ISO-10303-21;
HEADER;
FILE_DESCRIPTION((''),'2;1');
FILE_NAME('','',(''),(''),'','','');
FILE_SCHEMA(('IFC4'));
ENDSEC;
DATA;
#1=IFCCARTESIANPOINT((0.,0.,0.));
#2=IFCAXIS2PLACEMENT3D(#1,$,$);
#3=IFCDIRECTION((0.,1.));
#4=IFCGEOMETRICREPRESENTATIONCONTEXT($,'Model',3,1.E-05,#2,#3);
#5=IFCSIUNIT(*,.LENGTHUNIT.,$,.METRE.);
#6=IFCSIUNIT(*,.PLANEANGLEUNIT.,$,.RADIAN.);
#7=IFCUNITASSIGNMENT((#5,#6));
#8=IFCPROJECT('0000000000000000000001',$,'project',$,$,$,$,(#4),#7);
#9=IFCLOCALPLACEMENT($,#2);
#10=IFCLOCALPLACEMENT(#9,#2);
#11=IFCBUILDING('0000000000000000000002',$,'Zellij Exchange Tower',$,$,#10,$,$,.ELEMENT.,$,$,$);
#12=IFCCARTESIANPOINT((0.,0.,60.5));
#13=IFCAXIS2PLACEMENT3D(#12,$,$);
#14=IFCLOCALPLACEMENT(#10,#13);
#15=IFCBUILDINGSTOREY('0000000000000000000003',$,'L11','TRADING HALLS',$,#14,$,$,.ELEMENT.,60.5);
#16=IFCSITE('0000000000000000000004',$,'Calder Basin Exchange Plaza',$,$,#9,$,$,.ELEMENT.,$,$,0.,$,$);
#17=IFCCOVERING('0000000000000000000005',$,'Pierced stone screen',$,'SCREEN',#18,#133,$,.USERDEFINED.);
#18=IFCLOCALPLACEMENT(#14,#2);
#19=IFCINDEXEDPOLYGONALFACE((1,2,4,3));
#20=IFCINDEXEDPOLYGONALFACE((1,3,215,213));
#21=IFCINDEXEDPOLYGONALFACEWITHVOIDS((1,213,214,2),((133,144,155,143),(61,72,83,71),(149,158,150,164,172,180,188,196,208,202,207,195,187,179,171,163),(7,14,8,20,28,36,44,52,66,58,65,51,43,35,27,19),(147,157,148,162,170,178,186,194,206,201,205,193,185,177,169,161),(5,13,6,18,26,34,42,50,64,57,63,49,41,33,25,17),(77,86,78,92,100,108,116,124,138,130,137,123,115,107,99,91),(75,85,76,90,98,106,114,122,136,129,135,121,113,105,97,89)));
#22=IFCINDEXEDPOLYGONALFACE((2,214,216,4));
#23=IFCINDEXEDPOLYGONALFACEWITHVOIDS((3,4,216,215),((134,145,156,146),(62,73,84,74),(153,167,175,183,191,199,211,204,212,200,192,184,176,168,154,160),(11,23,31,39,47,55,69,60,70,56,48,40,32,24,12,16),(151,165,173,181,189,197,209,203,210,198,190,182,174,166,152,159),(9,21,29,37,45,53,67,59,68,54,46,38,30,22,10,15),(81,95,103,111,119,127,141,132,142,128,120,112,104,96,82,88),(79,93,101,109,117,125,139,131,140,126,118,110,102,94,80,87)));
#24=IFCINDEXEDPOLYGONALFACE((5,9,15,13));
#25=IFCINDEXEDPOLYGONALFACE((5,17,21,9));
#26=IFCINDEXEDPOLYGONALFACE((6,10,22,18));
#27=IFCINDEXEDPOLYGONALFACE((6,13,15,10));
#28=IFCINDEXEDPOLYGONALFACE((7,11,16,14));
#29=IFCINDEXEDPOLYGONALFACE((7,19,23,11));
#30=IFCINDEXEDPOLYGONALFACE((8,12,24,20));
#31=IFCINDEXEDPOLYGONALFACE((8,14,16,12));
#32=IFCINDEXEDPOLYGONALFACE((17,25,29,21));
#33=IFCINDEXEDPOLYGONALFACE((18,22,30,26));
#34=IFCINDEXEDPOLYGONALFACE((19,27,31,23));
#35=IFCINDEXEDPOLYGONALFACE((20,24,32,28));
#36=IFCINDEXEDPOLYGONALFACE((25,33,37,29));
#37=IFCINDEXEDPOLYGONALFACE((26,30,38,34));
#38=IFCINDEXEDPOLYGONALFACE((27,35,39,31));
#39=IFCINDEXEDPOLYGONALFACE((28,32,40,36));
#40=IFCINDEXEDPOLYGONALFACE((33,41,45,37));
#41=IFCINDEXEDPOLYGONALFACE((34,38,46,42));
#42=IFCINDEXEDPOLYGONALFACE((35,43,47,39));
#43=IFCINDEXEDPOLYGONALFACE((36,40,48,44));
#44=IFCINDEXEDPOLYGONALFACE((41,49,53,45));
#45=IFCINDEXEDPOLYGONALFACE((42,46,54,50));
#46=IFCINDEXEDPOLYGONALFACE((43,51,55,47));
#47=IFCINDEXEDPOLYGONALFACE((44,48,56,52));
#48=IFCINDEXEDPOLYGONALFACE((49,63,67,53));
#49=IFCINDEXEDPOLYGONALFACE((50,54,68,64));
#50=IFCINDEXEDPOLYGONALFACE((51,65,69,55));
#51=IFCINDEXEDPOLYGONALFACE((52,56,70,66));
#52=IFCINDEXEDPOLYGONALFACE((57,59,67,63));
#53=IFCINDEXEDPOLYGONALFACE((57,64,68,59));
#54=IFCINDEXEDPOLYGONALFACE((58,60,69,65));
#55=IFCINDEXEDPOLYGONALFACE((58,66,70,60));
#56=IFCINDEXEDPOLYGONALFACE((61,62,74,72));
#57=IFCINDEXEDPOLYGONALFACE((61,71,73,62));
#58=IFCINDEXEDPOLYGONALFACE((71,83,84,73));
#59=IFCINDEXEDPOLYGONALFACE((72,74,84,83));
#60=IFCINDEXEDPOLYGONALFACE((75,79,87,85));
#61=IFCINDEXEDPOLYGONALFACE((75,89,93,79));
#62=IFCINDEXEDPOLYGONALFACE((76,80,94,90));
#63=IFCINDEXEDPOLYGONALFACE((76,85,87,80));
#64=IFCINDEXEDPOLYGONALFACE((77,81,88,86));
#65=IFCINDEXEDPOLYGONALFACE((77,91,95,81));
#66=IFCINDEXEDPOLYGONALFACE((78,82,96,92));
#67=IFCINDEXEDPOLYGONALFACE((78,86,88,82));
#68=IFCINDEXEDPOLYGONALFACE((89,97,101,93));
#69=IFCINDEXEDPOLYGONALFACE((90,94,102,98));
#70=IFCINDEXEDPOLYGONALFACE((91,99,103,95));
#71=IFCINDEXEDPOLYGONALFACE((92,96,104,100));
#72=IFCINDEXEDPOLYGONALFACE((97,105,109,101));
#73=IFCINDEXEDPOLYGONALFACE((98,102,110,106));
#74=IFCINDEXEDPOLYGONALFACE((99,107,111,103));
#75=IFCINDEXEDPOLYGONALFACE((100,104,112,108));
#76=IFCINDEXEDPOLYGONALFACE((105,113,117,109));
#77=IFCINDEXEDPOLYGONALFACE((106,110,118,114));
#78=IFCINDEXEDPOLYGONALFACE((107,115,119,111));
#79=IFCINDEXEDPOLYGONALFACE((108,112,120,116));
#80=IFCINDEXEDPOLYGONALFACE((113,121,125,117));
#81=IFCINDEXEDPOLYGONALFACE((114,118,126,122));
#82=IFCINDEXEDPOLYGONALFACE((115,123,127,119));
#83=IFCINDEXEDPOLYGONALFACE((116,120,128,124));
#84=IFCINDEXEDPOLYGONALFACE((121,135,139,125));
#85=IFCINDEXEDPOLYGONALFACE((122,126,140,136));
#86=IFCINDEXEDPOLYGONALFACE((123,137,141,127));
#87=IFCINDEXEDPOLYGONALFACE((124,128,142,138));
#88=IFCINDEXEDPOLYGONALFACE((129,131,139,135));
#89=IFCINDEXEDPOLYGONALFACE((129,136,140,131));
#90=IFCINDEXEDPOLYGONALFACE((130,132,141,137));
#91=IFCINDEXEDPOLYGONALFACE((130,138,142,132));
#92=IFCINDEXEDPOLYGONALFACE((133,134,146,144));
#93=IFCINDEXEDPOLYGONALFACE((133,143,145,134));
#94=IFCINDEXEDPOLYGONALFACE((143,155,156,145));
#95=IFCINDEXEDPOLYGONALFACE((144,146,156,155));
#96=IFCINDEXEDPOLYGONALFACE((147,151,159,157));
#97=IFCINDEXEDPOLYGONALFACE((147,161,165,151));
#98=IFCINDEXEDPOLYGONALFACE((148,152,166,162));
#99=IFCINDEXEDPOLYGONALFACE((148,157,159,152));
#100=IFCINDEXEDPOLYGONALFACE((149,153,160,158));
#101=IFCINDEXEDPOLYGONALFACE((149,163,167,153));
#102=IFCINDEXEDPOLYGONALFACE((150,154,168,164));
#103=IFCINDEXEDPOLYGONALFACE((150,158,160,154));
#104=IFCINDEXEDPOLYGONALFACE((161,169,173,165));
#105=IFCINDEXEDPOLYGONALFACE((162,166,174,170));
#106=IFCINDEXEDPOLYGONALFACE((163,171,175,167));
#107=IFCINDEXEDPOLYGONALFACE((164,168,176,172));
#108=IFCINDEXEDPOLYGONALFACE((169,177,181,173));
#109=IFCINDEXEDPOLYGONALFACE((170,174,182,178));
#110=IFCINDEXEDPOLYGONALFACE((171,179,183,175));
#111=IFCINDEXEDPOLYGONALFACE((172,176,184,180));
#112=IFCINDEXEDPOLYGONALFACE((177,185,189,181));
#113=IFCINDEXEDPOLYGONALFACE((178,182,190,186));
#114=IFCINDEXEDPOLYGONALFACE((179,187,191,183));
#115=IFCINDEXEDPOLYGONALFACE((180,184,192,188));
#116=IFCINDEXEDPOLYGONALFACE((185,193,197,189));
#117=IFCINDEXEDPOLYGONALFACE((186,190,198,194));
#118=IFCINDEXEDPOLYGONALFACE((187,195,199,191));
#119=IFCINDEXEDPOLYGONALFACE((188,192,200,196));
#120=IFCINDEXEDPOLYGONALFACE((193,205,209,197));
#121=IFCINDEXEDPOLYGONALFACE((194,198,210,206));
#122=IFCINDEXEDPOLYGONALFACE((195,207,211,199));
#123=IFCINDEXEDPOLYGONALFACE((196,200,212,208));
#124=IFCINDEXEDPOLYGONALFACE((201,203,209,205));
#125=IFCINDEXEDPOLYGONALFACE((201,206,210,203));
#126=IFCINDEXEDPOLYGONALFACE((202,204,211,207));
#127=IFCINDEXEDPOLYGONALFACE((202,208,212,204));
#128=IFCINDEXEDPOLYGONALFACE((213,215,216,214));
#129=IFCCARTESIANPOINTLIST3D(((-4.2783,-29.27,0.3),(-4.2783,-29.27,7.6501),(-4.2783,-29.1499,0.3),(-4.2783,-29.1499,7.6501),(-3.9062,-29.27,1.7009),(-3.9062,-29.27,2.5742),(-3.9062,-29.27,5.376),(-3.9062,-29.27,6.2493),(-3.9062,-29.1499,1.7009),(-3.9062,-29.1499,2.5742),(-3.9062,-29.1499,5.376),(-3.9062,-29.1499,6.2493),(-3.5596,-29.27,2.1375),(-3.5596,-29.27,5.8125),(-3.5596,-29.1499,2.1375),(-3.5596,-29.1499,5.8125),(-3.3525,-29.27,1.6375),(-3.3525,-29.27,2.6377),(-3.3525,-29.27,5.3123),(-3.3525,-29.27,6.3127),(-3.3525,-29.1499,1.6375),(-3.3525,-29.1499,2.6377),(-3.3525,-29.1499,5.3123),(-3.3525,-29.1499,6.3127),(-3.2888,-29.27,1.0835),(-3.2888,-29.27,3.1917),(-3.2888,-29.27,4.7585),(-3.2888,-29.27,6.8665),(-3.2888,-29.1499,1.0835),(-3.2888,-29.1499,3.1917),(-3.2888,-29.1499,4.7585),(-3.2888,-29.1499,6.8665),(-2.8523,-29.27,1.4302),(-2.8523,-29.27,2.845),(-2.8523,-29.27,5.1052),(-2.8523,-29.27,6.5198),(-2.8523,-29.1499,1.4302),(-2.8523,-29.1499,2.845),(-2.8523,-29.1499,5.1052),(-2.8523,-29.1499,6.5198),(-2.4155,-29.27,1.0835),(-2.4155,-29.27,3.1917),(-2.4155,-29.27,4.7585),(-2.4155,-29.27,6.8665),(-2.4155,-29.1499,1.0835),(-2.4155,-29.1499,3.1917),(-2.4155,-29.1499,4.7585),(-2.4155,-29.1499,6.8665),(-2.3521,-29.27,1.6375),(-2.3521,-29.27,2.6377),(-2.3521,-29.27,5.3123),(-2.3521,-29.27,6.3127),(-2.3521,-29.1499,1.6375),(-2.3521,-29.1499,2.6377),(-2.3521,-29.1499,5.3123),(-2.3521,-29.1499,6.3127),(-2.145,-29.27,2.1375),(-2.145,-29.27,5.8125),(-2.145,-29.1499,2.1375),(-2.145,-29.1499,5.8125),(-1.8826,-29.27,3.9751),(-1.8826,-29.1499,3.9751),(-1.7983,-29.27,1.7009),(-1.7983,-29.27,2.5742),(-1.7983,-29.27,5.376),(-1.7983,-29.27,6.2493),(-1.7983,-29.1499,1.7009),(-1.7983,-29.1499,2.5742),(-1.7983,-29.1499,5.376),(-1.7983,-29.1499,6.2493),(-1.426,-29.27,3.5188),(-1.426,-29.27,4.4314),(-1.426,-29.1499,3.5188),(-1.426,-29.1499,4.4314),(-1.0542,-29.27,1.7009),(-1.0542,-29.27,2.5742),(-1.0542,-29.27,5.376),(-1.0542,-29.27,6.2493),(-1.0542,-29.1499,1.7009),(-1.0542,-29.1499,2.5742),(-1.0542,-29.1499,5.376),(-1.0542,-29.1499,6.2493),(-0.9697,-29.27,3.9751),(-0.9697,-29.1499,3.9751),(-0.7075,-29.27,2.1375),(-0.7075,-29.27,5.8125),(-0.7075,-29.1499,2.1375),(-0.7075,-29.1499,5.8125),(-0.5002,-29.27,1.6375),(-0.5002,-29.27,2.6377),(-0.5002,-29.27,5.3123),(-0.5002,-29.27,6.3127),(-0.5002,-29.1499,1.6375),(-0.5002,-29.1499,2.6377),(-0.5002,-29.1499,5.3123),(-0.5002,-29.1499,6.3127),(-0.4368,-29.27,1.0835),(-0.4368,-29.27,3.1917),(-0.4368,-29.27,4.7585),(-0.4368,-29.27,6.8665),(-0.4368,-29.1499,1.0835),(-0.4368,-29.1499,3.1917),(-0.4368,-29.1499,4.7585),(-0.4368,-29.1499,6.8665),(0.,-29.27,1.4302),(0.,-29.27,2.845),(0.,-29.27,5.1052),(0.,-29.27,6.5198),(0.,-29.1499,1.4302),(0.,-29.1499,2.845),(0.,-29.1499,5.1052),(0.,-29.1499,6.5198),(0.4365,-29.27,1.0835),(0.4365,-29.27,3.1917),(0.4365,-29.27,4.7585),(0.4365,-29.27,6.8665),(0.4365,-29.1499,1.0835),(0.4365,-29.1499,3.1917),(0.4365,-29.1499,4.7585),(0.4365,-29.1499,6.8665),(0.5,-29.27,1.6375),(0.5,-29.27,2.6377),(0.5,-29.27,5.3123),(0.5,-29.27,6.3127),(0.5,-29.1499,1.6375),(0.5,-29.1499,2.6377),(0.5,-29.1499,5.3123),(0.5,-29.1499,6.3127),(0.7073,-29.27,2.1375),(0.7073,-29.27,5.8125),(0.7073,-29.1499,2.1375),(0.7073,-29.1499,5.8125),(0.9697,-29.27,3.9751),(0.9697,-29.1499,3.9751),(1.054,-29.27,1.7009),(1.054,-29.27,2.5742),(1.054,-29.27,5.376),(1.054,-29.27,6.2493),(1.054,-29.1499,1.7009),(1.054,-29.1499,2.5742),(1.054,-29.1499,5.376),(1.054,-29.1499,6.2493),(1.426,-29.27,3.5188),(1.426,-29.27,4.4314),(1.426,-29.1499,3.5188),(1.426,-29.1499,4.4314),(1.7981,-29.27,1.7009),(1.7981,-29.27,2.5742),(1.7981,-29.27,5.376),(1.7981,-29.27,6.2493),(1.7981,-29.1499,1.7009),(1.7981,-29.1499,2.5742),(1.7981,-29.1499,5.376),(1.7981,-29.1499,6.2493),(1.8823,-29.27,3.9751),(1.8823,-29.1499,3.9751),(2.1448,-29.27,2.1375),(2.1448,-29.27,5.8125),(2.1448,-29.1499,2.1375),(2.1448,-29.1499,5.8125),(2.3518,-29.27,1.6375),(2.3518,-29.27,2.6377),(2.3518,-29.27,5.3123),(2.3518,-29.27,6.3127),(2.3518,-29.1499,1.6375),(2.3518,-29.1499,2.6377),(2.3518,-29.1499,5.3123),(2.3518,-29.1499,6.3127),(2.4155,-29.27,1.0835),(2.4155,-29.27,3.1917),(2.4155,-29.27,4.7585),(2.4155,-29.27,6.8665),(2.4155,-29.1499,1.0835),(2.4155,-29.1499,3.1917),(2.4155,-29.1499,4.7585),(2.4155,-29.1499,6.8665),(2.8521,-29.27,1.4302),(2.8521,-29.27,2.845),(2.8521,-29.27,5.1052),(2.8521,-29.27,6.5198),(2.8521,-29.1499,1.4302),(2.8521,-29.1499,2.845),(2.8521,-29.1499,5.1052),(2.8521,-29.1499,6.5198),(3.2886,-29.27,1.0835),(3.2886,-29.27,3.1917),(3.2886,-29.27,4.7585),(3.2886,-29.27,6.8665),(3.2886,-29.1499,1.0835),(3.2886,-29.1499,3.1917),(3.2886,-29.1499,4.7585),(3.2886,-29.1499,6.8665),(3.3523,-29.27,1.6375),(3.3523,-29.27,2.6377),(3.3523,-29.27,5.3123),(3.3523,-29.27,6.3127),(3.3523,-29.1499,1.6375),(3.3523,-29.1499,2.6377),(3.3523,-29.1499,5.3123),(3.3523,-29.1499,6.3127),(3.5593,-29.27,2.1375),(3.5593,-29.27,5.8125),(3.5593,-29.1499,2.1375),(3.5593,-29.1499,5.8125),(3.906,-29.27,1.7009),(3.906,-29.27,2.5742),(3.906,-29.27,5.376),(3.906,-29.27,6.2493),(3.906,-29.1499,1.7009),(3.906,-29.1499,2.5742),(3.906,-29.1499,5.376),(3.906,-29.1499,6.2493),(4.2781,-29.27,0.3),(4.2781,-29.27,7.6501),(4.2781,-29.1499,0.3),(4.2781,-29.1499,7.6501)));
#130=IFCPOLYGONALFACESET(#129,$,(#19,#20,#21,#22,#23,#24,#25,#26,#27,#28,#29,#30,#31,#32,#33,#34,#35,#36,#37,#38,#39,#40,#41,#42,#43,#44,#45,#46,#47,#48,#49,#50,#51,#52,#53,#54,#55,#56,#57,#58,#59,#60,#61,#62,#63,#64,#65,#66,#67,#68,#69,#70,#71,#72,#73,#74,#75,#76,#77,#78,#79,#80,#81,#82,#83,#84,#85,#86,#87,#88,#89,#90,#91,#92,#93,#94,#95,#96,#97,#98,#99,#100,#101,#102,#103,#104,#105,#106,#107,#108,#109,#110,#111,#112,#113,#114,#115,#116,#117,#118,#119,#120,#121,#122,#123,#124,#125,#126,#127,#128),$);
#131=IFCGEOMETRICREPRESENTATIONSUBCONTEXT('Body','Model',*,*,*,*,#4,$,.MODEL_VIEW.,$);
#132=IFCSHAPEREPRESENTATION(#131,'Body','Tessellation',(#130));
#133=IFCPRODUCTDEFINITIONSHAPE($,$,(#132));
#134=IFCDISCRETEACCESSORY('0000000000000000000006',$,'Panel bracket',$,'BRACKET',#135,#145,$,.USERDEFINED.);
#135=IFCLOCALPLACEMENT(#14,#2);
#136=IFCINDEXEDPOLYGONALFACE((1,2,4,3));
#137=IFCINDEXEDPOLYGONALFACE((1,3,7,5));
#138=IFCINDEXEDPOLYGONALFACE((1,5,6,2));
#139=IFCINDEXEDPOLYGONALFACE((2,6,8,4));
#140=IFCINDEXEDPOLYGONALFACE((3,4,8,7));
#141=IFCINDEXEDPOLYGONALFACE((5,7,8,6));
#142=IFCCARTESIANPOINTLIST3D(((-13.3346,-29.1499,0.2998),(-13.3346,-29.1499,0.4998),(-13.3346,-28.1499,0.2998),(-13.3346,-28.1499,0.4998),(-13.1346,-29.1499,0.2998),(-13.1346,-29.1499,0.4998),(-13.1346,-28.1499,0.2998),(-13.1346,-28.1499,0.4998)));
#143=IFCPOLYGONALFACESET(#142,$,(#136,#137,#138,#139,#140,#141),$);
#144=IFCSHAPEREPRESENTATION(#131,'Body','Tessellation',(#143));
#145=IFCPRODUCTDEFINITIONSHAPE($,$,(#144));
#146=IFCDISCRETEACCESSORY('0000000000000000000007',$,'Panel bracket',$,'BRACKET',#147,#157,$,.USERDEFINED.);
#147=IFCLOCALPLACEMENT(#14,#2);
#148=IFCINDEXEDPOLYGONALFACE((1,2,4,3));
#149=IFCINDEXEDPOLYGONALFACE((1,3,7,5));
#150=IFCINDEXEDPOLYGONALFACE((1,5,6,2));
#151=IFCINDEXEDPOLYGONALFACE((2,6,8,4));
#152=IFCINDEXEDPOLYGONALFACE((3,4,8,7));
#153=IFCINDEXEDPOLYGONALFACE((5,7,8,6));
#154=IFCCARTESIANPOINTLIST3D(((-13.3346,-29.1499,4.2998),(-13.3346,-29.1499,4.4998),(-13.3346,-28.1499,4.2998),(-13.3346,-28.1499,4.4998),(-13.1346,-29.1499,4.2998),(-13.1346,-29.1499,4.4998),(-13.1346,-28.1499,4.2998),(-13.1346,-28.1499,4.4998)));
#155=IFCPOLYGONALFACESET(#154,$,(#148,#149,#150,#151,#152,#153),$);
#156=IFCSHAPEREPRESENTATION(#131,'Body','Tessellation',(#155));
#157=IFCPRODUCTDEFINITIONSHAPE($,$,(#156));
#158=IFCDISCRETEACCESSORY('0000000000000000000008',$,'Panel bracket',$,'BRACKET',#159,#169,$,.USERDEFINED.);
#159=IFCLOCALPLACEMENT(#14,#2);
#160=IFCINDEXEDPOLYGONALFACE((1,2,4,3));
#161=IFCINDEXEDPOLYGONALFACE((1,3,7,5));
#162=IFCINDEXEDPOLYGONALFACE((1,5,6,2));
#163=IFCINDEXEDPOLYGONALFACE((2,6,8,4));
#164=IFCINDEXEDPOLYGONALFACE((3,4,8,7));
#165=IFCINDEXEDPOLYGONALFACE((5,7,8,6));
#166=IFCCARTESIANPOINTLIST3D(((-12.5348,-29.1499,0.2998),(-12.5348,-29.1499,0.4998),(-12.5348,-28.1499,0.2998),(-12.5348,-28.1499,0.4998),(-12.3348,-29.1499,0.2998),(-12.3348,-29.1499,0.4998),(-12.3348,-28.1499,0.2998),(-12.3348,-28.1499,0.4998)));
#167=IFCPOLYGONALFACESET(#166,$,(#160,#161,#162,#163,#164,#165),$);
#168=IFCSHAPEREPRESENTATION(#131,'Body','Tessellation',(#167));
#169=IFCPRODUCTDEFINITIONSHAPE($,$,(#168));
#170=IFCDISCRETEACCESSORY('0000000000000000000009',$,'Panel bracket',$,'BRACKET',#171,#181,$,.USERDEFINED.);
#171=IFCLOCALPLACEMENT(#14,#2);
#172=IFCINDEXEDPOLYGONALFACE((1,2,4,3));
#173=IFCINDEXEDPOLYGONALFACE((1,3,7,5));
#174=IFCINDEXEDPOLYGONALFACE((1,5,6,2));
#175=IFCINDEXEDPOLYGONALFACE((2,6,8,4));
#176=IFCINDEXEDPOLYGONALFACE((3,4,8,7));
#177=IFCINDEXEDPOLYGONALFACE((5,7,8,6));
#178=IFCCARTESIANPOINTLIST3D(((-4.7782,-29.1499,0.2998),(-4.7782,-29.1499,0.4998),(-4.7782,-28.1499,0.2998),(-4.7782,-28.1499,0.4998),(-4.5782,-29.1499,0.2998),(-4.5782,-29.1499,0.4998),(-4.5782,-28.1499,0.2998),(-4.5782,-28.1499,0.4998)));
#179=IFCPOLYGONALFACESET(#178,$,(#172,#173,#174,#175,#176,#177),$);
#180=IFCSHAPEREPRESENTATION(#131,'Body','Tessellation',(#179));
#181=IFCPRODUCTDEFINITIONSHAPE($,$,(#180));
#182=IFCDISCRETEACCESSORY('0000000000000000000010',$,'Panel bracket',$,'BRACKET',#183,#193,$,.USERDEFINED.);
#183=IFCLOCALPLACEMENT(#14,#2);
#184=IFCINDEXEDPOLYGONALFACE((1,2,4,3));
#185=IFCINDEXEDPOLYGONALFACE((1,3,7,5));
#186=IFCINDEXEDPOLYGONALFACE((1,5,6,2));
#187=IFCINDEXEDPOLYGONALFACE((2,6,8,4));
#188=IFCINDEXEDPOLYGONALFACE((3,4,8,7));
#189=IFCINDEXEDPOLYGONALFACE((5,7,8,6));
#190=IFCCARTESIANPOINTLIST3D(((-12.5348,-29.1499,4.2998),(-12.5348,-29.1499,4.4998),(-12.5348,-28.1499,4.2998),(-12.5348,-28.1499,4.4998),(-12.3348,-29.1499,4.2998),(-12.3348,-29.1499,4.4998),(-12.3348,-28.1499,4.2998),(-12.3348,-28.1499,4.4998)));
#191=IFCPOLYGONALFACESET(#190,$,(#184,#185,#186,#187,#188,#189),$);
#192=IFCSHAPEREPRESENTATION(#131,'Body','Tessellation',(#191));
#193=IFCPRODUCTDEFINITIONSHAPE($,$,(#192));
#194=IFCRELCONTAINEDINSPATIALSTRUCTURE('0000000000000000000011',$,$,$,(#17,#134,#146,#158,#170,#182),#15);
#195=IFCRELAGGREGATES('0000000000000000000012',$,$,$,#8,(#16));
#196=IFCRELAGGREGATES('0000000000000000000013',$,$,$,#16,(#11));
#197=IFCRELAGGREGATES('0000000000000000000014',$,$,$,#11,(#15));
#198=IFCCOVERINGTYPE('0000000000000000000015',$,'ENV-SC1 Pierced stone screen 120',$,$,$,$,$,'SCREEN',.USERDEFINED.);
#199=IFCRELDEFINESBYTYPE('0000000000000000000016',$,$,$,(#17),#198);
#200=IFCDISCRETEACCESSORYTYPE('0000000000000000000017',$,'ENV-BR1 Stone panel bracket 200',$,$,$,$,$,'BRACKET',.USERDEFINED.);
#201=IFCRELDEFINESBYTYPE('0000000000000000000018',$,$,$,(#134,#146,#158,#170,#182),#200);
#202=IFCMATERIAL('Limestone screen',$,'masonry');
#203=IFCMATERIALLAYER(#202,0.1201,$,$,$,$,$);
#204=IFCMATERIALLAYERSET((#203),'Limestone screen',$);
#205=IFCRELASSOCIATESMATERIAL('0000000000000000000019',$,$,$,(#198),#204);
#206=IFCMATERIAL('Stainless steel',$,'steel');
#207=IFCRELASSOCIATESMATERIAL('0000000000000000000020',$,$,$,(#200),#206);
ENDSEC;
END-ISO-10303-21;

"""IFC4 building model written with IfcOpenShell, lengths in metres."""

from ifc_helpers import new_model, si_unit, direction, frame, origin, origin_2d, place, context, subcontext, project, spatial, polyline, rectangle, outline, extrude, material, layer, layer_set, type_object, element, save


model = new_model("IFC4")

# Units and contexts
model_context = context("Model", 3, precision=1e-05, world=origin(), true_north=direction((0.0, 1.0)))
body_context = subcontext(model_context, "Body", "Model", "MODEL_VIEW")
ifc_project = project(units=[si_unit("LENGTHUNIT", "METRE"), si_unit("PLANEANGLEUNIT", "RADIAN")], contexts=[model_context])

# Site, building, storey
site_placement = place(None, origin())
site = spatial("IfcSite", under=ifc_project, at=site_placement, Name="Calder Basin Exchange Plaza", CompositionType="ELEMENT", RefElevation=0.0)
building_placement = place(site_placement, origin())
building = spatial("IfcBuilding", under=site, at=building_placement, Name="Zellij Exchange Tower", CompositionType="ELEMENT")
storey_placement = place(building_placement, frame((0.0, 0.0, 60.5)))
storey = spatial("IfcBuildingStorey", under=building, at=storey_placement, Name="L11", Description="TRADING HALLS", CompositionType="ELEMENT", Elevation=60.5)

# Covering
ifc_material_1 = material(Name="Limestone screen", Category="masonry")
ifc_layer_1 = layer(ifc_material_1, 0.1201)
ifc_layer_set_1 = layer_set([ifc_layer_1], Name="Limestone screen")
covering_type = type_object("IfcCoveringType", Name="ENV-SC1 Pierced stone screen 120", ElementType="SCREEN", PredefinedType="USERDEFINED", material=ifc_layer_set_1)
covering_1_placement = place(storey_placement, frame((-4.2783, -29.21, 0.3), z_axis=(0.0, 0.0, 1.0), x_axis=(1.0, 0.0, 0.0)))
element("IfcCovering", 1, at=covering_1_placement, inside=storey, type_object=covering_type, Name="Pierced stone screen", ObjectType="SCREEN", PredefinedType="USERDEFINED", context=body_context, shape_type="SweptSolid", body=[
    extrude(outline(polyline([(0.0, 0.0), (8.5564, 0.0), (8.5564, 7.3501), (0.0, 7.3501), (0.0, 0.0)]), holes=[polyline([(2.48, 2.2742), (1.9263, 2.3376), (1.8628, 2.8916), (1.426, 2.5449), (0.9895, 2.8916), (0.9258, 2.3376), (0.3721, 2.2742), (0.7188, 1.8374), (0.3721, 1.4009), (0.9258, 1.3374), (0.9895, 0.7834), (1.426, 1.1301), (1.8628, 0.7834), (1.9263, 1.3374), (2.48, 1.4009), (2.1333, 1.8374), (2.48, 2.2742)]), polyline([(2.48, 5.9492), (1.9263, 6.0127), (1.8628, 6.5664), (1.426, 6.2197), (0.9895, 6.5664), (0.9258, 6.0127), (0.3721, 5.9492), (0.7188, 5.5125), (0.3721, 5.0759), (0.9258, 5.0122), (0.9895, 4.4585), (1.426, 4.8052), (1.8628, 4.4585), (1.9263, 5.0122), (2.48, 5.0759), (2.1333, 5.5125), (2.48, 5.9492)]), polyline([(5.3323, 2.2742), (4.7783, 2.3376), (4.7148, 2.8916), (4.2783, 2.5449), (3.8416, 2.8916), (3.7781, 2.3376), (3.2241, 2.2742), (3.5708, 1.8374), (3.2241, 1.4009), (3.7781, 1.3374), (3.8416, 0.7834), (4.2783, 1.1301), (4.7148, 0.7834), (4.7783, 1.3374), (5.3323, 1.4009), (4.9856, 1.8374), (5.3323, 2.2742)]), polyline([(5.3323, 5.9492), (4.7783, 6.0127), (4.7148, 6.5664), (4.2783, 6.2197), (3.8416, 6.5664), (3.7781, 6.0127), (3.2241, 5.9492), (3.5708, 5.5125), (3.2241, 5.0759), (3.7781, 5.0122), (3.8416, 4.4585), (4.2783, 4.8052), (4.7148, 4.4585), (4.7783, 5.0122), (5.3323, 5.0759), (4.9856, 5.5125), (5.3323, 5.9492)]), polyline([(8.1843, 2.2742), (7.6306, 2.3376), (7.5669, 2.8916), (7.1304, 2.5449), (6.6938, 2.8916), (6.6301, 2.3376), (6.0764, 2.2742), (6.4231, 1.8374), (6.0764, 1.4009), (6.6301, 1.3374), (6.6938, 0.7834), (7.1304, 1.1301), (7.5669, 0.7834), (7.6306, 1.3374), (8.1843, 1.4009), (7.8376, 1.8374), (8.1843, 2.2742)]), polyline([(8.1843, 5.9492), (7.6306, 6.0127), (7.5669, 6.5664), (7.1304, 6.2197), (6.6938, 6.5664), (6.6301, 6.0127), (6.0764, 5.9492), (6.4231, 5.5125), (6.0764, 5.0759), (6.6301, 5.0122), (6.6938, 4.4585), (7.1304, 4.8052), (7.5669, 4.4585), (7.6306, 5.0122), (8.1843, 5.0759), (7.8376, 5.5125), (8.1843, 5.9492)]), polyline([(3.3086, 3.675), (2.8523, 4.1313), (2.3958, 3.675), (2.8523, 3.2188), (3.3086, 3.675)]), polyline([(6.1606, 3.675), (5.7043, 4.1313), (5.248, 3.675), (5.7043, 3.2188), (6.1606, 3.675)])]), frame((0.0, 0.0601, 0.0), z_axis=(0.0, -1.0, 0.0), x_axis=(1.0, 0.0, 0.0)), (0.0, 0.0, 1.0), 0.1201),
])

# Discrete accessories
ifc_material_2 = material(Name="Stainless steel", Category="steel")
discrete_accessory_type = type_object("IfcDiscreteAccessoryType", Name="ENV-BR1 Stone panel bracket 200", ElementType="BRACKET", PredefinedType="USERDEFINED", material=ifc_material_2)
for number, where, z_axis, x_axis, name in (
    (2, (-13.2346, -28.6499, 0.2998), (0.0, 0.0, 1.0), (1.0, 0.0, 0.0), "Panel bracket"),
    (3, (-13.2346, -28.6499, 4.2998), (0.0, 0.0, 1.0), (1.0, 0.0, 0.0), "Panel bracket"),
    (4, (-12.4348, -28.6499, 0.2998), (0.0, 0.0, 1.0), (1.0, 0.0, 0.0), "Panel bracket"),
    (5, (-4.6782, -28.6499, 0.2998), (0.0, 0.0, 1.0), (1.0, 0.0, 0.0), "Panel bracket"),
    (6, (-12.4348, -28.6499, 4.2998), (0.0, 0.0, 1.0), (1.0, 0.0, 0.0), "Panel bracket"),
):
    element("IfcDiscreteAccessory", number, at=place(storey_placement, frame(where, z_axis=z_axis, x_axis=x_axis)), inside=storey, type_object=discrete_accessory_type, Name=name, ObjectType="BRACKET", PredefinedType="USERDEFINED", context=body_context, shape_type="SweptSolid", body=[
        extrude(rectangle(XDim=0.2, YDim=1.0, at=origin_2d()), origin(), (0.0, 0.0, 1.0), 0.2),
    ])

save(model, "model.ifc")
